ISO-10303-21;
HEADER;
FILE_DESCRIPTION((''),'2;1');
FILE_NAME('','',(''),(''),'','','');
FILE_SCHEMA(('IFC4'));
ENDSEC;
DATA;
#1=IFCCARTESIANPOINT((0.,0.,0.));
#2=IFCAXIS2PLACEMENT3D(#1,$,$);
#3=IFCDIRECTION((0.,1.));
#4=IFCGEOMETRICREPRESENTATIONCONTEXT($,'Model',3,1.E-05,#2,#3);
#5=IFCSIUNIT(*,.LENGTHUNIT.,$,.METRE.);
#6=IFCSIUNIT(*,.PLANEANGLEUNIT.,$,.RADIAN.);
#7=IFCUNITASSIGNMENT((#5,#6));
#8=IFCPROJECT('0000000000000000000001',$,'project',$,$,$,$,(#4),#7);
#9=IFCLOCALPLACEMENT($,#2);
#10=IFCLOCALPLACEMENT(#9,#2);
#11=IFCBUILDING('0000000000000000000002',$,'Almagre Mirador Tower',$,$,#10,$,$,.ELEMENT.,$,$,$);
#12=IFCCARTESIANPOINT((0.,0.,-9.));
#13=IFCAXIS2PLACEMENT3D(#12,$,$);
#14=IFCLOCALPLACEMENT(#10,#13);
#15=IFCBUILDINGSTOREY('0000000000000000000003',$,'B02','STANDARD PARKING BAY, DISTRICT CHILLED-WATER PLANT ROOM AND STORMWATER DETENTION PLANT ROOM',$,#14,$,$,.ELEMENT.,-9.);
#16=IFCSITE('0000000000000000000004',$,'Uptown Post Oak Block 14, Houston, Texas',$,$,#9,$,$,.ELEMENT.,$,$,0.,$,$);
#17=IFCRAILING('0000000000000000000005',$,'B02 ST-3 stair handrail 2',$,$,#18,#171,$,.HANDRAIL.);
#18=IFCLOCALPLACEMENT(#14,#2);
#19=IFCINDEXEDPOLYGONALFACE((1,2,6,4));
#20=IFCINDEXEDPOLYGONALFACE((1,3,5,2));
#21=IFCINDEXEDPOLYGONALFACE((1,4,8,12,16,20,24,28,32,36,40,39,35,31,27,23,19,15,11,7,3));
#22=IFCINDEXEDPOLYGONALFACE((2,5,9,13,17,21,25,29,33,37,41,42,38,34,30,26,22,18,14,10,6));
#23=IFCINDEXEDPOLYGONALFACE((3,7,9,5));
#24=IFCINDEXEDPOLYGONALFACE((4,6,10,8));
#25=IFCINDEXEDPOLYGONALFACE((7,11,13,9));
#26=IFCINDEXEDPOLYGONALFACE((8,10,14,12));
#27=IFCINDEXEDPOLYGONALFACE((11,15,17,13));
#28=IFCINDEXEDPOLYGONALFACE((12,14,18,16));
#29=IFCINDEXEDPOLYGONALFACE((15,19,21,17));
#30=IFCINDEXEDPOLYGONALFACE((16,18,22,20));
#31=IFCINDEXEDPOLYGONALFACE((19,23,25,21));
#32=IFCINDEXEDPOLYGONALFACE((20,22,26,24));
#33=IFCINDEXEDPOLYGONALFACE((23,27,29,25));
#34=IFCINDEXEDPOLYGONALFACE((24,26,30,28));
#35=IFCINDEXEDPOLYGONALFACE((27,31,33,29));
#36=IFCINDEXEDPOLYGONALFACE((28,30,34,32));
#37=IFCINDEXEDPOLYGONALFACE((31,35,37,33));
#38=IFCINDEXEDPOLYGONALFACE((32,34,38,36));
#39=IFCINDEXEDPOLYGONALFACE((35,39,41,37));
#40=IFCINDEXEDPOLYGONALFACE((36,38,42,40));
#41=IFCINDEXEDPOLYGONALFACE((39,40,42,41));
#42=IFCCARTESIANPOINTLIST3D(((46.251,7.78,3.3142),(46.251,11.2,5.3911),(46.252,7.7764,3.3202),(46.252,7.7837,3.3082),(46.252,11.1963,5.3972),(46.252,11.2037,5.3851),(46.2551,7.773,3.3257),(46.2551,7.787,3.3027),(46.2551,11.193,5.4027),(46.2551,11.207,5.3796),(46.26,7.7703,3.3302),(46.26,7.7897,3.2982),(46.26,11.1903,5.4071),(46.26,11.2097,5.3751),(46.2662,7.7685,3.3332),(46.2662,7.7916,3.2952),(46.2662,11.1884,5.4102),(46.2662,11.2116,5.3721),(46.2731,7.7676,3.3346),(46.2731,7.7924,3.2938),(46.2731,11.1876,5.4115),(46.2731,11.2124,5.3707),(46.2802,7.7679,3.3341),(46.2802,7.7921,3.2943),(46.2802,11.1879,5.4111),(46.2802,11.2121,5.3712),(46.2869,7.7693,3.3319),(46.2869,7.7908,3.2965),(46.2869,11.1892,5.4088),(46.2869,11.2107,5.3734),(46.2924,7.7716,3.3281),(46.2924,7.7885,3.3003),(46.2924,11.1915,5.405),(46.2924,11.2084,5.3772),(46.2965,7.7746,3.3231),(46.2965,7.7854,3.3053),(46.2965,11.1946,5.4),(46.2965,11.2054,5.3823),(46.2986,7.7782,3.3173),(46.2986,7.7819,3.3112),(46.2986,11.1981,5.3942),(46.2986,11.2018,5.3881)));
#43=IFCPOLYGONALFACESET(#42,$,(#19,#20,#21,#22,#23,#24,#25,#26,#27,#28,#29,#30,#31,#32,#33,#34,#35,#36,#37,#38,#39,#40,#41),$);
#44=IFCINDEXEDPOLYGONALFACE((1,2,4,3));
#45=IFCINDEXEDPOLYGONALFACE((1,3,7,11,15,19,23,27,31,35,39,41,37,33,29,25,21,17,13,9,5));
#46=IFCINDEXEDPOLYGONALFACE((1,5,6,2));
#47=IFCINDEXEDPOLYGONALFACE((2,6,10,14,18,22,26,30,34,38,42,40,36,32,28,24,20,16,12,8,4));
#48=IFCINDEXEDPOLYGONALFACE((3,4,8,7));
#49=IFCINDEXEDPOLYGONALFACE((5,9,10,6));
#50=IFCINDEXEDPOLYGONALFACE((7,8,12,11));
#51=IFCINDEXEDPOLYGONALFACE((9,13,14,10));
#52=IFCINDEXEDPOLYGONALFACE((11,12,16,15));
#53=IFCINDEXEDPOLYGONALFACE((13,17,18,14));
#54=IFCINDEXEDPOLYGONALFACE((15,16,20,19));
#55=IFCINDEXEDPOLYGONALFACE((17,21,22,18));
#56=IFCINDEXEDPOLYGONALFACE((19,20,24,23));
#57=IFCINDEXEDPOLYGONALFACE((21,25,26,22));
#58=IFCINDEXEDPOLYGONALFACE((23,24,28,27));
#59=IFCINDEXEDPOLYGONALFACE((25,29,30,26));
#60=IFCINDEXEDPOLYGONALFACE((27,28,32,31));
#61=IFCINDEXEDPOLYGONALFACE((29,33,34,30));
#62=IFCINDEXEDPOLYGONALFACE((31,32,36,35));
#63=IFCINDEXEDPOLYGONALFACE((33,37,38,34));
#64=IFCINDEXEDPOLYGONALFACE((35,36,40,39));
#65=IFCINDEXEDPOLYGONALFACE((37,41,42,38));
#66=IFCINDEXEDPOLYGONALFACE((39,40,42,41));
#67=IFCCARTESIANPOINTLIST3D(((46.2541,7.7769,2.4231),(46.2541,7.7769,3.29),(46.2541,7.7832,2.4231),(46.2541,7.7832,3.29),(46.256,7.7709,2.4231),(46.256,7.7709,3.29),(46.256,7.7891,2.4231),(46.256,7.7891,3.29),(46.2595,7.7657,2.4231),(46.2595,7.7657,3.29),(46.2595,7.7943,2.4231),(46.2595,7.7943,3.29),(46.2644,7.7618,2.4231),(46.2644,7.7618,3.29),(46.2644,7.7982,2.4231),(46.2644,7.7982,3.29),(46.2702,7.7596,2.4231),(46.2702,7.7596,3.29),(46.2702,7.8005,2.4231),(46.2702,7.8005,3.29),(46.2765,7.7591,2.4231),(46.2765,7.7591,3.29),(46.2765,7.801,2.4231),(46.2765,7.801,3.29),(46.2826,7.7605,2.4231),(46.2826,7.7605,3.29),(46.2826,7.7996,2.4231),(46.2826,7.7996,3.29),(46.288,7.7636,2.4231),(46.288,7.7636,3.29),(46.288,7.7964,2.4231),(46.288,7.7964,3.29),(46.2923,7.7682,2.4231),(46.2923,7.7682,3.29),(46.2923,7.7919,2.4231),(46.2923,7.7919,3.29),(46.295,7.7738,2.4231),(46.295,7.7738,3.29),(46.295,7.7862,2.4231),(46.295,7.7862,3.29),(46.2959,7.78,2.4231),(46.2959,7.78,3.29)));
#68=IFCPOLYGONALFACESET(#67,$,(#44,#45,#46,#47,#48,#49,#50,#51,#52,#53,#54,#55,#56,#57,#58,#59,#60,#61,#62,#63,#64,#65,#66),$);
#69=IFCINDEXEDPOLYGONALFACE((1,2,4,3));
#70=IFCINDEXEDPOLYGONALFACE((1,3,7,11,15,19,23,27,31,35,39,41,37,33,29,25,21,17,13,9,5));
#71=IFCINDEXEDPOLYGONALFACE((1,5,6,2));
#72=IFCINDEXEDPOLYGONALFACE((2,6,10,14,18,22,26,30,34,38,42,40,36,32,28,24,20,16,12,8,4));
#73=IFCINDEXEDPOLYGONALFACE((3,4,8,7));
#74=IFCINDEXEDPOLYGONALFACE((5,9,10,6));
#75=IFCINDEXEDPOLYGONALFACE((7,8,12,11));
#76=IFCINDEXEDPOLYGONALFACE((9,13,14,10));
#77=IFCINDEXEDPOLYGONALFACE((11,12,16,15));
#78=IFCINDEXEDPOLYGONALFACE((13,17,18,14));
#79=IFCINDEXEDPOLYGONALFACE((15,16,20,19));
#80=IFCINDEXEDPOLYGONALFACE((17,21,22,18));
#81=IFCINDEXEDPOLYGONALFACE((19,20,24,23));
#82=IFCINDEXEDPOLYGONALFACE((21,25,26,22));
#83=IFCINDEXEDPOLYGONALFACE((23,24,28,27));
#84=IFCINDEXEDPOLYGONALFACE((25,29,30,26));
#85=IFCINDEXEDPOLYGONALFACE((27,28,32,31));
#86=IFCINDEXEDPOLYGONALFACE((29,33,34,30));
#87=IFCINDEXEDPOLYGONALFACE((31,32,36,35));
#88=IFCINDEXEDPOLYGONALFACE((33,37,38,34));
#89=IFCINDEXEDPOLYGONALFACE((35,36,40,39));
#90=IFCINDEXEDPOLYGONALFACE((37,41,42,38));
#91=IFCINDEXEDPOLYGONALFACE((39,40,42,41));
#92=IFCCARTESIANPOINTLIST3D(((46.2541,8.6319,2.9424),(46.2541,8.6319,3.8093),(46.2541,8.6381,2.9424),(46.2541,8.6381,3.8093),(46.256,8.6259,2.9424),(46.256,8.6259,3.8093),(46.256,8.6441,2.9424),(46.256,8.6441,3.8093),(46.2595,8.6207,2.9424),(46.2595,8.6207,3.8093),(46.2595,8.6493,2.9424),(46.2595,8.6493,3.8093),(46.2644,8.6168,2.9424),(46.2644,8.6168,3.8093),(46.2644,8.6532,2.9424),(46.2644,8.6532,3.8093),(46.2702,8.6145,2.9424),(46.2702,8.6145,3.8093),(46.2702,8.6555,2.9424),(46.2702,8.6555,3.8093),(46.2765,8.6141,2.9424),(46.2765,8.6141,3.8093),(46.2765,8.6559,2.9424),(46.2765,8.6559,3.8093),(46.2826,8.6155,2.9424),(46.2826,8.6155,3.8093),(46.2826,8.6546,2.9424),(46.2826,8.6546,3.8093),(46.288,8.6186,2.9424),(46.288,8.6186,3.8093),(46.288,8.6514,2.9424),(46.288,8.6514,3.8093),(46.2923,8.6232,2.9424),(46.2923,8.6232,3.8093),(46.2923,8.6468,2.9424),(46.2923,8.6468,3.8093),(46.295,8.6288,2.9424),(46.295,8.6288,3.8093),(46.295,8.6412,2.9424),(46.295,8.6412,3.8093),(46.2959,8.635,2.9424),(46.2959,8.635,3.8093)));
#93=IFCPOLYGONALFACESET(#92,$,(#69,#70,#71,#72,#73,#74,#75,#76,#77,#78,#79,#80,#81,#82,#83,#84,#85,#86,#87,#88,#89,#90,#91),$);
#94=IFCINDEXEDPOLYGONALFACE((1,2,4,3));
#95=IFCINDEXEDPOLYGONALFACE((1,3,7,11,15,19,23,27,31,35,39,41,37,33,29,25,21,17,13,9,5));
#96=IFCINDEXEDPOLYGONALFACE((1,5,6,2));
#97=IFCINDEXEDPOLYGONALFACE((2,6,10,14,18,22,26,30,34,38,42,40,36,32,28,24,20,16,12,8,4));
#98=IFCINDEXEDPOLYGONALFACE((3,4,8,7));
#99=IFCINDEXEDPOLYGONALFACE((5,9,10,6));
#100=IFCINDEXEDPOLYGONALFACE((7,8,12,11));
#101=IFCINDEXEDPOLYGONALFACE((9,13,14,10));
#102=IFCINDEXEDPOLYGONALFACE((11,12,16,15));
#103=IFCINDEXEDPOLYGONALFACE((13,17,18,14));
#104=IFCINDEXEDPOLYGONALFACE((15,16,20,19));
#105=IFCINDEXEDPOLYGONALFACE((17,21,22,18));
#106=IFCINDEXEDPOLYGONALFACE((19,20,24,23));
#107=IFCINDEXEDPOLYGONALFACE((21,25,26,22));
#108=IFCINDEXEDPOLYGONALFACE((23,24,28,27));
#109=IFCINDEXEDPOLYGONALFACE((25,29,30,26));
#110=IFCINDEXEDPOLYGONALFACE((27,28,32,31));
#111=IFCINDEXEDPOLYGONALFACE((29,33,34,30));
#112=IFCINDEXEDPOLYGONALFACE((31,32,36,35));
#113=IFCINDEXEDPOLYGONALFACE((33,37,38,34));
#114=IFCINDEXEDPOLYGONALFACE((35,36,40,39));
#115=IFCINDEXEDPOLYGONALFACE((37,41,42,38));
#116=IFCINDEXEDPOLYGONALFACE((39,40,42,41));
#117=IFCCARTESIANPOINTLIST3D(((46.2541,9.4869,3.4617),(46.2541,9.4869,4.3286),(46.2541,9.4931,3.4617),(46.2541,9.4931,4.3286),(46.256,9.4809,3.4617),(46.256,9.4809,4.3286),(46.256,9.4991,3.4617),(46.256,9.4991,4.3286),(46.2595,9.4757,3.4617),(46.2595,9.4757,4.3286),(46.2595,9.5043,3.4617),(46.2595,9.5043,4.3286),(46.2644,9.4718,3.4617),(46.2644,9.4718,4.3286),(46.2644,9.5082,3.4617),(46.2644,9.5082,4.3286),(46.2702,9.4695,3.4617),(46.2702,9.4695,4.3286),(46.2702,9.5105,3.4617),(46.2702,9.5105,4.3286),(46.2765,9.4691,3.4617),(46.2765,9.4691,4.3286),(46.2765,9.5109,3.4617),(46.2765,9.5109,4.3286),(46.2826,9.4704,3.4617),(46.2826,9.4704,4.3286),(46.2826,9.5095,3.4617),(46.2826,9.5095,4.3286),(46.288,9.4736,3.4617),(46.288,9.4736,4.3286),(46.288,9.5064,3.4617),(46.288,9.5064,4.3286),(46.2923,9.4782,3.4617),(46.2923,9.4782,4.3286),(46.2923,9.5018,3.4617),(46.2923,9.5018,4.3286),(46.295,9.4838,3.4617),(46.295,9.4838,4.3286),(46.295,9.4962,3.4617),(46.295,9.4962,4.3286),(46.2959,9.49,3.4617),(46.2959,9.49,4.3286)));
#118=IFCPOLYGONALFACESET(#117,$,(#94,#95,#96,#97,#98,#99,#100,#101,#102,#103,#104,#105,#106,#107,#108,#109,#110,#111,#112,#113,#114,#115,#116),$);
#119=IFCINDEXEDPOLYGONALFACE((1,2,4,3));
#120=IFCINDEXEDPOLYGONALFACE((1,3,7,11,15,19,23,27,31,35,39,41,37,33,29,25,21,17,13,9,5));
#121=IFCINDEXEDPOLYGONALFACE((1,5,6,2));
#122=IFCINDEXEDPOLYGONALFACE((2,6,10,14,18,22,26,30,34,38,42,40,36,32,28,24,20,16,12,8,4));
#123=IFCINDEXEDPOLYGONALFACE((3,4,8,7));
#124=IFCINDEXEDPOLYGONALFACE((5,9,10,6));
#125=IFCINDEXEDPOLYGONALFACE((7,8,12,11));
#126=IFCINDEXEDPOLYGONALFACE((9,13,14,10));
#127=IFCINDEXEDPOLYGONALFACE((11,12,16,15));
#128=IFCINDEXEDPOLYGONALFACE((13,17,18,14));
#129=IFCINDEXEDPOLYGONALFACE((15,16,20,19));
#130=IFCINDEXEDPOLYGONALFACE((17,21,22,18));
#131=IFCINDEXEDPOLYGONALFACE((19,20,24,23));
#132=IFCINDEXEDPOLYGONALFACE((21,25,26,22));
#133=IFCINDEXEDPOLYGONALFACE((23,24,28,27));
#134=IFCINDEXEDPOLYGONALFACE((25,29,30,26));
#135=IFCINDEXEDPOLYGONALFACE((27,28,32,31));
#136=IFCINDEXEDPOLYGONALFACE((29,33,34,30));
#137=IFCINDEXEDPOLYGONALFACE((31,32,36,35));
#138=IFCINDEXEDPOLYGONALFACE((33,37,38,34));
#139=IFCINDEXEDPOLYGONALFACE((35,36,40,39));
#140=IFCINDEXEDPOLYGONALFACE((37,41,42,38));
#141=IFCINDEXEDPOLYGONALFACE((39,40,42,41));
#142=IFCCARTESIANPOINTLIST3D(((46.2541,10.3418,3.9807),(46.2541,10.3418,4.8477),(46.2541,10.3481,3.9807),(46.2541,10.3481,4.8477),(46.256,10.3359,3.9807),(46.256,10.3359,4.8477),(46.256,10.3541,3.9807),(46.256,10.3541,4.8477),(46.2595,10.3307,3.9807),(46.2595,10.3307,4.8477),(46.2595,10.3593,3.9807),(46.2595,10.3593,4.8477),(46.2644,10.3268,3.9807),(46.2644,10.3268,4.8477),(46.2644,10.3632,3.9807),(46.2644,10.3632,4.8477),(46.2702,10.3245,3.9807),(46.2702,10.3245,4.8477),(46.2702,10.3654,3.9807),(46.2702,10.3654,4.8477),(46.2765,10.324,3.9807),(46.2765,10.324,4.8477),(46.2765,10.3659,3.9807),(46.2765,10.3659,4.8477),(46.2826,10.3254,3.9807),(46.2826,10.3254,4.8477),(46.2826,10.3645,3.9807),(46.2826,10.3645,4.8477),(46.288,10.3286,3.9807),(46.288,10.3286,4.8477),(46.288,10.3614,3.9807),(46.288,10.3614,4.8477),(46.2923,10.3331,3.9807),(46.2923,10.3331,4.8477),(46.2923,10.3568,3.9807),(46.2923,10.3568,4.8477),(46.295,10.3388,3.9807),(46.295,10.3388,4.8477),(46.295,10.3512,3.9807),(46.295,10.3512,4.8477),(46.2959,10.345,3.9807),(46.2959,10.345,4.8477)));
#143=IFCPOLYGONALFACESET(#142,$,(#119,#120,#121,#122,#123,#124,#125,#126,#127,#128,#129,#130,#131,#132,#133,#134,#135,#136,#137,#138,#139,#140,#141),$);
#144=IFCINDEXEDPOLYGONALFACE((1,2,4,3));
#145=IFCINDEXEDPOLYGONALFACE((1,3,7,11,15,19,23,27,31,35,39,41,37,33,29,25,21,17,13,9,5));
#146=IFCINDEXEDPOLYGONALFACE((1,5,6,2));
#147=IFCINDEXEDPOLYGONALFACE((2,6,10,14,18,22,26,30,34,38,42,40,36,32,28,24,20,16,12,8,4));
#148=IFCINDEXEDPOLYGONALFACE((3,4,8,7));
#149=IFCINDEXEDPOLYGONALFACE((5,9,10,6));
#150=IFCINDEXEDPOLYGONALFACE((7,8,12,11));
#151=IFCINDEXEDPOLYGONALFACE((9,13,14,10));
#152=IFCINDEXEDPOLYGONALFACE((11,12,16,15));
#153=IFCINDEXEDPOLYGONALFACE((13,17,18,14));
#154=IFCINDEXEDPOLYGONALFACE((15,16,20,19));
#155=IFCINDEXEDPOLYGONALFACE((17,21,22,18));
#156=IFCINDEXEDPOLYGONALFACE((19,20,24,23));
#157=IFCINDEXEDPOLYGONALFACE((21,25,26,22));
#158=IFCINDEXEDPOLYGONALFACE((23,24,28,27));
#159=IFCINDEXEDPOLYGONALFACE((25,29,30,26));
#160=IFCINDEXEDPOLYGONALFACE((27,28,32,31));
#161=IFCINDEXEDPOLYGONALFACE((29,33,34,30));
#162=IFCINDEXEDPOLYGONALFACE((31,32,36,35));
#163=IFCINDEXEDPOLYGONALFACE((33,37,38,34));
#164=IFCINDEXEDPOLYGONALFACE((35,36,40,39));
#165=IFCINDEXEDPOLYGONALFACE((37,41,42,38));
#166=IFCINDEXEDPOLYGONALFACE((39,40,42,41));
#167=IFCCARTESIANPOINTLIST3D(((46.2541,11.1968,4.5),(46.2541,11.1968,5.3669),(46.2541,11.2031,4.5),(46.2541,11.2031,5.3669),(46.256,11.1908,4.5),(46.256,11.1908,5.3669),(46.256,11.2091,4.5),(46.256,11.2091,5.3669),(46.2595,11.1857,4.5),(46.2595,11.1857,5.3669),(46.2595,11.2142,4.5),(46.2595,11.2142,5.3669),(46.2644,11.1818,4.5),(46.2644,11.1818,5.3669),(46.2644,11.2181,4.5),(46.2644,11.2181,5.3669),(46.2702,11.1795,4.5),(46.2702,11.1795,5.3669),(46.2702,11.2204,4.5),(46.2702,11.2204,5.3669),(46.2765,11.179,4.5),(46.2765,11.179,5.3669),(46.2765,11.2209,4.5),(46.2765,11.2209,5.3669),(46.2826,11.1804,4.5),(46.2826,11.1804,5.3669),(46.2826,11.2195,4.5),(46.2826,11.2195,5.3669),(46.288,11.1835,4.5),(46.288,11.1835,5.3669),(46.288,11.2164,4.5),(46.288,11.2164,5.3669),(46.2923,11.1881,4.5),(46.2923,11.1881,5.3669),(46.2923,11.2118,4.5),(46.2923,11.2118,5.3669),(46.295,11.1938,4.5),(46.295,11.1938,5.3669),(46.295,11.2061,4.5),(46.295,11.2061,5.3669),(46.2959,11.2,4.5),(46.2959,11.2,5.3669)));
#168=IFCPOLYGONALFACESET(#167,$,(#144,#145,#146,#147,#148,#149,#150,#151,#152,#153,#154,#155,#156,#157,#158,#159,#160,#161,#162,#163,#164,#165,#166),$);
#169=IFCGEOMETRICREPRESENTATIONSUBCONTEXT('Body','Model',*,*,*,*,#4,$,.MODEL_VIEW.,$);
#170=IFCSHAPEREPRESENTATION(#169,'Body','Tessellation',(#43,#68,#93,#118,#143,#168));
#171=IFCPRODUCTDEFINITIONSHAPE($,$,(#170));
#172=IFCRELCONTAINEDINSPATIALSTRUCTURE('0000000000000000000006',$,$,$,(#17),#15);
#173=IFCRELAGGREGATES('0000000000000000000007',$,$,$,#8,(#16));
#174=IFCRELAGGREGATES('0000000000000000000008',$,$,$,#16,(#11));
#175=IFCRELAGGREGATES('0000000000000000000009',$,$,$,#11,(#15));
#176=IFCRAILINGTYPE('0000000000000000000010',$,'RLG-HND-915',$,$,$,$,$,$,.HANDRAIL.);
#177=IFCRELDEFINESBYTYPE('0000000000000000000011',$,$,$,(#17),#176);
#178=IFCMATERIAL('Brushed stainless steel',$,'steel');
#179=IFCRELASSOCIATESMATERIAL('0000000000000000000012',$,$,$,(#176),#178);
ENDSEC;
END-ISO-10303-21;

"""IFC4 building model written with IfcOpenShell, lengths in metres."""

from ifc_helpers import new_model, si_unit, direction, frame, origin, origin_2d, place, context, subcontext, project, spatial, circle, extrude, material, type_object, element, save


model = new_model("IFC4")

# Units and contexts
model_context = context("Model", 3, precision=1e-05, world=origin(), true_north=direction((0.0, 1.0)))
body_context = subcontext(model_context, "Body", "Model", "MODEL_VIEW")
ifc_project = project(units=[si_unit("LENGTHUNIT", "METRE"), si_unit("PLANEANGLEUNIT", "RADIAN")], contexts=[model_context])

# Site, building, storey
site_placement = place(None, origin())
site = spatial("IfcSite", under=ifc_project, at=site_placement, Name="Uptown Post Oak Block 14, Houston, Texas", CompositionType="ELEMENT", RefElevation=0.0)
building_placement = place(site_placement, origin())
building = spatial("IfcBuilding", under=site, at=building_placement, Name="Almagre Mirador Tower", CompositionType="ELEMENT")
storey_placement = place(building_placement, frame((0.0, 0.0, -9.0)))
storey = spatial("IfcBuildingStorey", under=building, at=storey_placement, Name="B02", Description="STANDARD PARKING BAY, DISTRICT CHILLED-WATER PLANT ROOM AND STORMWATER DETENTION PLANT ROOM", CompositionType="ELEMENT", Elevation=-9.0)

# Railing
ifc_material_1 = material(Name="Brushed stainless steel", Category="steel")
railing_type = type_object("IfcRailingType", Name="RLG-HND-915", PredefinedType="HANDRAIL", material=ifc_material_1)
railing_placement = place(storey_placement, frame((46.2749, 7.78, 2.4231)))
element("IfcRailing", 1, at=railing_placement, inside=storey, type_object=railing_type, Name="B02 ST-3 stair handrail 2", PredefinedType="HANDRAIL", context=body_context, shape_type="SweptSolid", body=[
    extrude(circle(Radius=0.0239, at=origin_2d()), frame((0.0, 0.0, 0.8911), z_axis=(0.0, 0.85473, 0.519074), x_axis=(-1.0, 0.0, 0.0)), (0.0, 0.0, 1.0), 4.0012),
    extrude(circle(Radius=0.021, at=origin_2d()), origin(), (0.0, 0.0, 1.0), 0.8669),
    extrude(circle(Radius=0.021, at=origin_2d()), frame((0.0, 0.855, 0.5193)), (0.0, 0.0, 1.0), 0.8669),
    extrude(circle(Radius=0.021, at=origin_2d()), frame((0.0, 1.71, 1.0386)), (0.0, 0.0, 1.0), 0.8669),
    extrude(circle(Radius=0.021, at=origin_2d()), frame((0.0, 2.5649, 1.5576)), (0.0, 0.0, 1.0), 0.8669),
    extrude(circle(Radius=0.021, at=origin_2d()), frame((0.0, 3.4199, 2.0769)), (0.0, 0.0, 1.0), 0.8669),
])

save(model, "model.ifc")
